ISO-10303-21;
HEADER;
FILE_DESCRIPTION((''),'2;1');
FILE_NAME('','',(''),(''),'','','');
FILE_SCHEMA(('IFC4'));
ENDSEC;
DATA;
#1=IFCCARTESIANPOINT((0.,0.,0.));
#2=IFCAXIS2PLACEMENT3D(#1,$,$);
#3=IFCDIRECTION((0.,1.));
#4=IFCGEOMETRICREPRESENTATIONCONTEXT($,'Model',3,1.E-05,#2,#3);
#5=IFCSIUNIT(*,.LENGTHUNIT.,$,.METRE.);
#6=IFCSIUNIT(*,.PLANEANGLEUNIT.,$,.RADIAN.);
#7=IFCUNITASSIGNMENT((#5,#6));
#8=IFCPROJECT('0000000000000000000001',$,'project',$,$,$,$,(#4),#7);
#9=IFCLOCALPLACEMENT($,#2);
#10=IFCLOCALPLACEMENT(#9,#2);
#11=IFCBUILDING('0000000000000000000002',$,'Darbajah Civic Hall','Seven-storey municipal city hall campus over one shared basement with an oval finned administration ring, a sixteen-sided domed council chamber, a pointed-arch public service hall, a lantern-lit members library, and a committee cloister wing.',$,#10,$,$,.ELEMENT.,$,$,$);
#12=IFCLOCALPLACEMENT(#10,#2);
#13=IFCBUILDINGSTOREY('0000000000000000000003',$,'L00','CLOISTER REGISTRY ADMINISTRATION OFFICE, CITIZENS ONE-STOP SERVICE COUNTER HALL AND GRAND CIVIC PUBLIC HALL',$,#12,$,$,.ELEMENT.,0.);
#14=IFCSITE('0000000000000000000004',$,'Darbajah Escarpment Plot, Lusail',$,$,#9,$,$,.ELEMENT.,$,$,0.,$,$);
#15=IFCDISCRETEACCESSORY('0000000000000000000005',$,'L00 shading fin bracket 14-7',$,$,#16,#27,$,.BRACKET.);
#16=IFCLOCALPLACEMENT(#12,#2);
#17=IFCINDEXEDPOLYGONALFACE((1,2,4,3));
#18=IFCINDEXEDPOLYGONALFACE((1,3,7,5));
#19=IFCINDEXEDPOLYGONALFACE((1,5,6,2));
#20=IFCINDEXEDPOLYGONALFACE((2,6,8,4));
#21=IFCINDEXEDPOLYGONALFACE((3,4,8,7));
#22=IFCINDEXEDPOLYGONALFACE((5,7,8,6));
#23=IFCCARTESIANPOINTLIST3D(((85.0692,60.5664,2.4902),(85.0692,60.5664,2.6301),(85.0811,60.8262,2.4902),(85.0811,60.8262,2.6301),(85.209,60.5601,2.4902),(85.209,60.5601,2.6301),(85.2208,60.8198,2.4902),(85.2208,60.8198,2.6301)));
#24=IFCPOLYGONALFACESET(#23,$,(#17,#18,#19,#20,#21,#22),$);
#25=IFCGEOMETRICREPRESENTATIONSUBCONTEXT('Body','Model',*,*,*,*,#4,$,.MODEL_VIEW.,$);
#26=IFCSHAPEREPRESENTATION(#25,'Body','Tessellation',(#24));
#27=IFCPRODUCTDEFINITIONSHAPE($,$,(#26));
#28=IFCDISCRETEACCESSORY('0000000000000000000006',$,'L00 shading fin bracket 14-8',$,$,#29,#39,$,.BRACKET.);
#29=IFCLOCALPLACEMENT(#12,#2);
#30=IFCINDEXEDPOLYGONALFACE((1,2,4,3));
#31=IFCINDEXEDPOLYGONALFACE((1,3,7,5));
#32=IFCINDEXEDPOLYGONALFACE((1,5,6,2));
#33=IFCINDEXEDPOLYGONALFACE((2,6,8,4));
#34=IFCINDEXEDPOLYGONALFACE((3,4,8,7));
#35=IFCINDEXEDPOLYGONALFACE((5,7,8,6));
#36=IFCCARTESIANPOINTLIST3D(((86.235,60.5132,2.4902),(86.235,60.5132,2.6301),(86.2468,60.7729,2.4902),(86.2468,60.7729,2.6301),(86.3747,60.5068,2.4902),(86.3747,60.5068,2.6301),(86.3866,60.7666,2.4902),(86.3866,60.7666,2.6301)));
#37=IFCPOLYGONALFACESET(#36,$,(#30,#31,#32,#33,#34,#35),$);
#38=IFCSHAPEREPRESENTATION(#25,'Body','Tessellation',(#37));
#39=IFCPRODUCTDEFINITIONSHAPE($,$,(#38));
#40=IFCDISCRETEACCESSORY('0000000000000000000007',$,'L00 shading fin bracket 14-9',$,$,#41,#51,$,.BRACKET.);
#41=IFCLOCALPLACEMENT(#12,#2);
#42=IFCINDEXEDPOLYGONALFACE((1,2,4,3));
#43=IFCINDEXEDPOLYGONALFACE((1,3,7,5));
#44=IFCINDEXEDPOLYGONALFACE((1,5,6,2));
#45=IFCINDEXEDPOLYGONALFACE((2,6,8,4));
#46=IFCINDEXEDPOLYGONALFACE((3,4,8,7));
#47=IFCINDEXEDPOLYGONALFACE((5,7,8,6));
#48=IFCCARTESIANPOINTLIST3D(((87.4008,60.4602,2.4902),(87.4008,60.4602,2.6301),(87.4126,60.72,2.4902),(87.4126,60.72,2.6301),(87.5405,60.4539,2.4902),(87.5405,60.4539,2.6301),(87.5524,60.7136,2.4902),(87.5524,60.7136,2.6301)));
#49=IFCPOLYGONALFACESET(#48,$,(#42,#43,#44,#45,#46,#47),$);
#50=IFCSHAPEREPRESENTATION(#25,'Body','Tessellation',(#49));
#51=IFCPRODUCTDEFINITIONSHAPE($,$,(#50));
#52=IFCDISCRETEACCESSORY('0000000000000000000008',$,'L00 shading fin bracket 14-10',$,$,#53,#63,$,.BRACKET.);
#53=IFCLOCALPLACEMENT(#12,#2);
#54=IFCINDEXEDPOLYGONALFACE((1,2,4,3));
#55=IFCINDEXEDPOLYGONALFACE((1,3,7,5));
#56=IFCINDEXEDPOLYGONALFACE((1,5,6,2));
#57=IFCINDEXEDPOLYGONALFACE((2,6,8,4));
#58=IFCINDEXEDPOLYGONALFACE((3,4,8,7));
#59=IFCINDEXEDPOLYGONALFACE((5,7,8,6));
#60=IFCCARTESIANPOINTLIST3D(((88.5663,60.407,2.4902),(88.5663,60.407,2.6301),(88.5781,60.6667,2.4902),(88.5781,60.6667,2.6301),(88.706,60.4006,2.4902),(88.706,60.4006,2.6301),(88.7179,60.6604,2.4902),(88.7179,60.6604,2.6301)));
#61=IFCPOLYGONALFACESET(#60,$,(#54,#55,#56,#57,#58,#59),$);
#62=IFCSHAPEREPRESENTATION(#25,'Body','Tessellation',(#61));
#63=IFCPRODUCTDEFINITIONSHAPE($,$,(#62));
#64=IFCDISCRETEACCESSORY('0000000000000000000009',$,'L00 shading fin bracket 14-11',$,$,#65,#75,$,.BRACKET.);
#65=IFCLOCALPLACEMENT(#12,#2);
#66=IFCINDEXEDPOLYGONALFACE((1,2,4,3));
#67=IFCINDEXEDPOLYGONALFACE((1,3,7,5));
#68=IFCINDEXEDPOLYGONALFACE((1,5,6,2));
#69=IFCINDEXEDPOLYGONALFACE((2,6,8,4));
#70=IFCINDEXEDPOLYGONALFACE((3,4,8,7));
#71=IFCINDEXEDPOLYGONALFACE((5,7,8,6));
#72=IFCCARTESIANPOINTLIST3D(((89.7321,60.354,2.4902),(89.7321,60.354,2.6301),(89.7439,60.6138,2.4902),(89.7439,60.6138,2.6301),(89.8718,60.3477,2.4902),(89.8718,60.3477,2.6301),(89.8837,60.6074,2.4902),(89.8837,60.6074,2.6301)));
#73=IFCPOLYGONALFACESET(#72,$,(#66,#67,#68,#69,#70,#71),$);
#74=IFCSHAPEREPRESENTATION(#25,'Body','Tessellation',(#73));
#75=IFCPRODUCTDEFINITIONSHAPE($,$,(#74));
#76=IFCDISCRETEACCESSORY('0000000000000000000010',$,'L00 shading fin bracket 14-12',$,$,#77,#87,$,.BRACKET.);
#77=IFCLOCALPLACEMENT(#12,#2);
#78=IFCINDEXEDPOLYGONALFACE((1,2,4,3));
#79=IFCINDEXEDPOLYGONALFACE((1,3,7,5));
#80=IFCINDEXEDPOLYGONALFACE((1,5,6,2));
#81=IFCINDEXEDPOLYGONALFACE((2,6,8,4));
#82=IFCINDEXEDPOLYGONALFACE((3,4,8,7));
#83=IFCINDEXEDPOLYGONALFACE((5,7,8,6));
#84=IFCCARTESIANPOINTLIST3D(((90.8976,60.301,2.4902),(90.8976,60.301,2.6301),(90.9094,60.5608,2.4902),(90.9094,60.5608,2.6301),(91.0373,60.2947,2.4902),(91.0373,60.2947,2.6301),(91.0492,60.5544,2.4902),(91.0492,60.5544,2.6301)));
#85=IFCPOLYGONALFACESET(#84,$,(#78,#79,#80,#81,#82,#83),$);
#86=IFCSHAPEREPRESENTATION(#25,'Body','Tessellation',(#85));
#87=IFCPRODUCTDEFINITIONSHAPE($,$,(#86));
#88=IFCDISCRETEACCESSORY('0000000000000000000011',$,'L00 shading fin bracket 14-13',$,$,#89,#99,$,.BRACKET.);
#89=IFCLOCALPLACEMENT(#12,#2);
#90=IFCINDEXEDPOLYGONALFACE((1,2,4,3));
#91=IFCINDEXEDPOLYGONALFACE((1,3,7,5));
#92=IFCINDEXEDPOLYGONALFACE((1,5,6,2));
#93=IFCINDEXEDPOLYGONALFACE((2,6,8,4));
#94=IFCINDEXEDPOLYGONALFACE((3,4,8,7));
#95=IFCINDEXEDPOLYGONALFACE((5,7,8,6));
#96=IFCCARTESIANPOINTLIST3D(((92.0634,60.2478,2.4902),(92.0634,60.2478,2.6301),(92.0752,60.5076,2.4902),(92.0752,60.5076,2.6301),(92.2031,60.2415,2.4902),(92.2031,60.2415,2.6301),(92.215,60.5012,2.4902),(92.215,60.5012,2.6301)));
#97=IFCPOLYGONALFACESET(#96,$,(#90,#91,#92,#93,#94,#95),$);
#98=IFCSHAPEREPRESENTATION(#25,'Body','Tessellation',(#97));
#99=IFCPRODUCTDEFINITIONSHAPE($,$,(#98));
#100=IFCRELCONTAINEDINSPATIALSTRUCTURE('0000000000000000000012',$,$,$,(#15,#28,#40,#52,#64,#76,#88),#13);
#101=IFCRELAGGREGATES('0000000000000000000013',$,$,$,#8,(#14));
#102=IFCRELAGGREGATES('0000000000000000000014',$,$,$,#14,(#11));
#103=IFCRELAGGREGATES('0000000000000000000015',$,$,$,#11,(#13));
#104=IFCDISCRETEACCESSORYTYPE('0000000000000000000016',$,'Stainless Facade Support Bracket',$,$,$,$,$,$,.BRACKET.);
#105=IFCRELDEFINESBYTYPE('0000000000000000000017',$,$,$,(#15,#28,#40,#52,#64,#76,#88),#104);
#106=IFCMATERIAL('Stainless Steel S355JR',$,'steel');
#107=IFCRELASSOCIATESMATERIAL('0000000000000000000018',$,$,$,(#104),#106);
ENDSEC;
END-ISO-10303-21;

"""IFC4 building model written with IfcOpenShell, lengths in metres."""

from ifc_helpers import new_model, si_unit, direction, frame, origin, origin_2d, place, context, subcontext, project, spatial, rectangle, extrude, material, type_object, element, save


model = new_model("IFC4")

# Units and contexts
model_context = context("Model", 3, precision=1e-05, world=origin(), true_north=direction((0.0, 1.0)))
body_context = subcontext(model_context, "Body", "Model", "MODEL_VIEW")
ifc_project = project(units=[si_unit("LENGTHUNIT", "METRE"), si_unit("PLANEANGLEUNIT", "RADIAN")], contexts=[model_context])

# Site, building, storey
site_placement = place(None, origin())
site = spatial("IfcSite", under=ifc_project, at=site_placement, Name="Darbajah Escarpment Plot, Lusail", CompositionType="ELEMENT", RefElevation=0.0)
building_placement = place(site_placement, origin())
building = spatial("IfcBuilding", under=site, at=building_placement, Name="Darbajah Civic Hall", Description="Seven-storey municipal city hall campus over one shared basement with an oval finned administration ring, a sixteen-sided domed council chamber, a pointed-arch public service hall, a lantern-lit members library, and a committee cloister wing.", CompositionType="ELEMENT")
storey_placement = place(building_placement, origin())
storey = spatial("IfcBuildingStorey", under=building, at=storey_placement, Name="L00", Description="CLOISTER REGISTRY ADMINISTRATION OFFICE, CITIZENS ONE-STOP SERVICE COUNTER HALL AND GRAND CIVIC PUBLIC HALL", CompositionType="ELEMENT", Elevation=0.0)

# Discrete accessories
ifc_material_1 = material(Name="Stainless Steel S355JR", Category="steel")
discrete_accessory_type = type_object("IfcDiscreteAccessoryType", Name="Stainless Facade Support Bracket", PredefinedType="BRACKET", material=ifc_material_1)
for number, where, z_axis, x_axis, name in (
    (1, (85.145, 60.6931, 2.4902), (0.0, 0.0, 1.0), (-0.045537, -0.998963, 0.0), "L00 shading fin bracket 14-7"),
    (2, (86.3108, 60.6399, 2.4902), (0.0, 0.0, 1.0), (-0.045537, -0.998963, 0.0), "L00 shading fin bracket 14-8"),
    (3, (87.4766, 60.5869, 2.4902), (0.0, 0.0, 1.0), (-0.045537, -0.998963, 0.0), "L00 shading fin bracket 14-9"),
    (4, (88.6421, 60.5337, 2.4902), (0.0, 0.0, 1.0), (-0.045537, -0.998963, 0.0), "L00 shading fin bracket 14-10"),
    (5, (89.8079, 60.4807, 2.4902), (0.0, 0.0, 1.0), (-0.045537, -0.998963, 0.0), "L00 shading fin bracket 14-11"),
    (6, (90.9734, 60.4277, 2.4902), (0.0, 0.0, 1.0), (-0.045537, -0.998963, 0.0), "L00 shading fin bracket 14-12"),
    (7, (92.1392, 60.3745, 2.4902), (0.0, 0.0, 1.0), (-0.045537, -0.998963, 0.0), "L00 shading fin bracket 14-13"),
):
    element("IfcDiscreteAccessory", number, at=place(storey_placement, frame(where, z_axis=z_axis, x_axis=x_axis)), inside=storey, type_object=discrete_accessory_type, Name=name, PredefinedType="BRACKET", context=body_context, shape_type="SweptSolid", body=[
        extrude(rectangle(XDim=0.26, YDim=0.1399, at=origin_2d()), origin(), (0.0, 0.0, 1.0), 0.1399),
    ])

save(model, "model.ifc")
